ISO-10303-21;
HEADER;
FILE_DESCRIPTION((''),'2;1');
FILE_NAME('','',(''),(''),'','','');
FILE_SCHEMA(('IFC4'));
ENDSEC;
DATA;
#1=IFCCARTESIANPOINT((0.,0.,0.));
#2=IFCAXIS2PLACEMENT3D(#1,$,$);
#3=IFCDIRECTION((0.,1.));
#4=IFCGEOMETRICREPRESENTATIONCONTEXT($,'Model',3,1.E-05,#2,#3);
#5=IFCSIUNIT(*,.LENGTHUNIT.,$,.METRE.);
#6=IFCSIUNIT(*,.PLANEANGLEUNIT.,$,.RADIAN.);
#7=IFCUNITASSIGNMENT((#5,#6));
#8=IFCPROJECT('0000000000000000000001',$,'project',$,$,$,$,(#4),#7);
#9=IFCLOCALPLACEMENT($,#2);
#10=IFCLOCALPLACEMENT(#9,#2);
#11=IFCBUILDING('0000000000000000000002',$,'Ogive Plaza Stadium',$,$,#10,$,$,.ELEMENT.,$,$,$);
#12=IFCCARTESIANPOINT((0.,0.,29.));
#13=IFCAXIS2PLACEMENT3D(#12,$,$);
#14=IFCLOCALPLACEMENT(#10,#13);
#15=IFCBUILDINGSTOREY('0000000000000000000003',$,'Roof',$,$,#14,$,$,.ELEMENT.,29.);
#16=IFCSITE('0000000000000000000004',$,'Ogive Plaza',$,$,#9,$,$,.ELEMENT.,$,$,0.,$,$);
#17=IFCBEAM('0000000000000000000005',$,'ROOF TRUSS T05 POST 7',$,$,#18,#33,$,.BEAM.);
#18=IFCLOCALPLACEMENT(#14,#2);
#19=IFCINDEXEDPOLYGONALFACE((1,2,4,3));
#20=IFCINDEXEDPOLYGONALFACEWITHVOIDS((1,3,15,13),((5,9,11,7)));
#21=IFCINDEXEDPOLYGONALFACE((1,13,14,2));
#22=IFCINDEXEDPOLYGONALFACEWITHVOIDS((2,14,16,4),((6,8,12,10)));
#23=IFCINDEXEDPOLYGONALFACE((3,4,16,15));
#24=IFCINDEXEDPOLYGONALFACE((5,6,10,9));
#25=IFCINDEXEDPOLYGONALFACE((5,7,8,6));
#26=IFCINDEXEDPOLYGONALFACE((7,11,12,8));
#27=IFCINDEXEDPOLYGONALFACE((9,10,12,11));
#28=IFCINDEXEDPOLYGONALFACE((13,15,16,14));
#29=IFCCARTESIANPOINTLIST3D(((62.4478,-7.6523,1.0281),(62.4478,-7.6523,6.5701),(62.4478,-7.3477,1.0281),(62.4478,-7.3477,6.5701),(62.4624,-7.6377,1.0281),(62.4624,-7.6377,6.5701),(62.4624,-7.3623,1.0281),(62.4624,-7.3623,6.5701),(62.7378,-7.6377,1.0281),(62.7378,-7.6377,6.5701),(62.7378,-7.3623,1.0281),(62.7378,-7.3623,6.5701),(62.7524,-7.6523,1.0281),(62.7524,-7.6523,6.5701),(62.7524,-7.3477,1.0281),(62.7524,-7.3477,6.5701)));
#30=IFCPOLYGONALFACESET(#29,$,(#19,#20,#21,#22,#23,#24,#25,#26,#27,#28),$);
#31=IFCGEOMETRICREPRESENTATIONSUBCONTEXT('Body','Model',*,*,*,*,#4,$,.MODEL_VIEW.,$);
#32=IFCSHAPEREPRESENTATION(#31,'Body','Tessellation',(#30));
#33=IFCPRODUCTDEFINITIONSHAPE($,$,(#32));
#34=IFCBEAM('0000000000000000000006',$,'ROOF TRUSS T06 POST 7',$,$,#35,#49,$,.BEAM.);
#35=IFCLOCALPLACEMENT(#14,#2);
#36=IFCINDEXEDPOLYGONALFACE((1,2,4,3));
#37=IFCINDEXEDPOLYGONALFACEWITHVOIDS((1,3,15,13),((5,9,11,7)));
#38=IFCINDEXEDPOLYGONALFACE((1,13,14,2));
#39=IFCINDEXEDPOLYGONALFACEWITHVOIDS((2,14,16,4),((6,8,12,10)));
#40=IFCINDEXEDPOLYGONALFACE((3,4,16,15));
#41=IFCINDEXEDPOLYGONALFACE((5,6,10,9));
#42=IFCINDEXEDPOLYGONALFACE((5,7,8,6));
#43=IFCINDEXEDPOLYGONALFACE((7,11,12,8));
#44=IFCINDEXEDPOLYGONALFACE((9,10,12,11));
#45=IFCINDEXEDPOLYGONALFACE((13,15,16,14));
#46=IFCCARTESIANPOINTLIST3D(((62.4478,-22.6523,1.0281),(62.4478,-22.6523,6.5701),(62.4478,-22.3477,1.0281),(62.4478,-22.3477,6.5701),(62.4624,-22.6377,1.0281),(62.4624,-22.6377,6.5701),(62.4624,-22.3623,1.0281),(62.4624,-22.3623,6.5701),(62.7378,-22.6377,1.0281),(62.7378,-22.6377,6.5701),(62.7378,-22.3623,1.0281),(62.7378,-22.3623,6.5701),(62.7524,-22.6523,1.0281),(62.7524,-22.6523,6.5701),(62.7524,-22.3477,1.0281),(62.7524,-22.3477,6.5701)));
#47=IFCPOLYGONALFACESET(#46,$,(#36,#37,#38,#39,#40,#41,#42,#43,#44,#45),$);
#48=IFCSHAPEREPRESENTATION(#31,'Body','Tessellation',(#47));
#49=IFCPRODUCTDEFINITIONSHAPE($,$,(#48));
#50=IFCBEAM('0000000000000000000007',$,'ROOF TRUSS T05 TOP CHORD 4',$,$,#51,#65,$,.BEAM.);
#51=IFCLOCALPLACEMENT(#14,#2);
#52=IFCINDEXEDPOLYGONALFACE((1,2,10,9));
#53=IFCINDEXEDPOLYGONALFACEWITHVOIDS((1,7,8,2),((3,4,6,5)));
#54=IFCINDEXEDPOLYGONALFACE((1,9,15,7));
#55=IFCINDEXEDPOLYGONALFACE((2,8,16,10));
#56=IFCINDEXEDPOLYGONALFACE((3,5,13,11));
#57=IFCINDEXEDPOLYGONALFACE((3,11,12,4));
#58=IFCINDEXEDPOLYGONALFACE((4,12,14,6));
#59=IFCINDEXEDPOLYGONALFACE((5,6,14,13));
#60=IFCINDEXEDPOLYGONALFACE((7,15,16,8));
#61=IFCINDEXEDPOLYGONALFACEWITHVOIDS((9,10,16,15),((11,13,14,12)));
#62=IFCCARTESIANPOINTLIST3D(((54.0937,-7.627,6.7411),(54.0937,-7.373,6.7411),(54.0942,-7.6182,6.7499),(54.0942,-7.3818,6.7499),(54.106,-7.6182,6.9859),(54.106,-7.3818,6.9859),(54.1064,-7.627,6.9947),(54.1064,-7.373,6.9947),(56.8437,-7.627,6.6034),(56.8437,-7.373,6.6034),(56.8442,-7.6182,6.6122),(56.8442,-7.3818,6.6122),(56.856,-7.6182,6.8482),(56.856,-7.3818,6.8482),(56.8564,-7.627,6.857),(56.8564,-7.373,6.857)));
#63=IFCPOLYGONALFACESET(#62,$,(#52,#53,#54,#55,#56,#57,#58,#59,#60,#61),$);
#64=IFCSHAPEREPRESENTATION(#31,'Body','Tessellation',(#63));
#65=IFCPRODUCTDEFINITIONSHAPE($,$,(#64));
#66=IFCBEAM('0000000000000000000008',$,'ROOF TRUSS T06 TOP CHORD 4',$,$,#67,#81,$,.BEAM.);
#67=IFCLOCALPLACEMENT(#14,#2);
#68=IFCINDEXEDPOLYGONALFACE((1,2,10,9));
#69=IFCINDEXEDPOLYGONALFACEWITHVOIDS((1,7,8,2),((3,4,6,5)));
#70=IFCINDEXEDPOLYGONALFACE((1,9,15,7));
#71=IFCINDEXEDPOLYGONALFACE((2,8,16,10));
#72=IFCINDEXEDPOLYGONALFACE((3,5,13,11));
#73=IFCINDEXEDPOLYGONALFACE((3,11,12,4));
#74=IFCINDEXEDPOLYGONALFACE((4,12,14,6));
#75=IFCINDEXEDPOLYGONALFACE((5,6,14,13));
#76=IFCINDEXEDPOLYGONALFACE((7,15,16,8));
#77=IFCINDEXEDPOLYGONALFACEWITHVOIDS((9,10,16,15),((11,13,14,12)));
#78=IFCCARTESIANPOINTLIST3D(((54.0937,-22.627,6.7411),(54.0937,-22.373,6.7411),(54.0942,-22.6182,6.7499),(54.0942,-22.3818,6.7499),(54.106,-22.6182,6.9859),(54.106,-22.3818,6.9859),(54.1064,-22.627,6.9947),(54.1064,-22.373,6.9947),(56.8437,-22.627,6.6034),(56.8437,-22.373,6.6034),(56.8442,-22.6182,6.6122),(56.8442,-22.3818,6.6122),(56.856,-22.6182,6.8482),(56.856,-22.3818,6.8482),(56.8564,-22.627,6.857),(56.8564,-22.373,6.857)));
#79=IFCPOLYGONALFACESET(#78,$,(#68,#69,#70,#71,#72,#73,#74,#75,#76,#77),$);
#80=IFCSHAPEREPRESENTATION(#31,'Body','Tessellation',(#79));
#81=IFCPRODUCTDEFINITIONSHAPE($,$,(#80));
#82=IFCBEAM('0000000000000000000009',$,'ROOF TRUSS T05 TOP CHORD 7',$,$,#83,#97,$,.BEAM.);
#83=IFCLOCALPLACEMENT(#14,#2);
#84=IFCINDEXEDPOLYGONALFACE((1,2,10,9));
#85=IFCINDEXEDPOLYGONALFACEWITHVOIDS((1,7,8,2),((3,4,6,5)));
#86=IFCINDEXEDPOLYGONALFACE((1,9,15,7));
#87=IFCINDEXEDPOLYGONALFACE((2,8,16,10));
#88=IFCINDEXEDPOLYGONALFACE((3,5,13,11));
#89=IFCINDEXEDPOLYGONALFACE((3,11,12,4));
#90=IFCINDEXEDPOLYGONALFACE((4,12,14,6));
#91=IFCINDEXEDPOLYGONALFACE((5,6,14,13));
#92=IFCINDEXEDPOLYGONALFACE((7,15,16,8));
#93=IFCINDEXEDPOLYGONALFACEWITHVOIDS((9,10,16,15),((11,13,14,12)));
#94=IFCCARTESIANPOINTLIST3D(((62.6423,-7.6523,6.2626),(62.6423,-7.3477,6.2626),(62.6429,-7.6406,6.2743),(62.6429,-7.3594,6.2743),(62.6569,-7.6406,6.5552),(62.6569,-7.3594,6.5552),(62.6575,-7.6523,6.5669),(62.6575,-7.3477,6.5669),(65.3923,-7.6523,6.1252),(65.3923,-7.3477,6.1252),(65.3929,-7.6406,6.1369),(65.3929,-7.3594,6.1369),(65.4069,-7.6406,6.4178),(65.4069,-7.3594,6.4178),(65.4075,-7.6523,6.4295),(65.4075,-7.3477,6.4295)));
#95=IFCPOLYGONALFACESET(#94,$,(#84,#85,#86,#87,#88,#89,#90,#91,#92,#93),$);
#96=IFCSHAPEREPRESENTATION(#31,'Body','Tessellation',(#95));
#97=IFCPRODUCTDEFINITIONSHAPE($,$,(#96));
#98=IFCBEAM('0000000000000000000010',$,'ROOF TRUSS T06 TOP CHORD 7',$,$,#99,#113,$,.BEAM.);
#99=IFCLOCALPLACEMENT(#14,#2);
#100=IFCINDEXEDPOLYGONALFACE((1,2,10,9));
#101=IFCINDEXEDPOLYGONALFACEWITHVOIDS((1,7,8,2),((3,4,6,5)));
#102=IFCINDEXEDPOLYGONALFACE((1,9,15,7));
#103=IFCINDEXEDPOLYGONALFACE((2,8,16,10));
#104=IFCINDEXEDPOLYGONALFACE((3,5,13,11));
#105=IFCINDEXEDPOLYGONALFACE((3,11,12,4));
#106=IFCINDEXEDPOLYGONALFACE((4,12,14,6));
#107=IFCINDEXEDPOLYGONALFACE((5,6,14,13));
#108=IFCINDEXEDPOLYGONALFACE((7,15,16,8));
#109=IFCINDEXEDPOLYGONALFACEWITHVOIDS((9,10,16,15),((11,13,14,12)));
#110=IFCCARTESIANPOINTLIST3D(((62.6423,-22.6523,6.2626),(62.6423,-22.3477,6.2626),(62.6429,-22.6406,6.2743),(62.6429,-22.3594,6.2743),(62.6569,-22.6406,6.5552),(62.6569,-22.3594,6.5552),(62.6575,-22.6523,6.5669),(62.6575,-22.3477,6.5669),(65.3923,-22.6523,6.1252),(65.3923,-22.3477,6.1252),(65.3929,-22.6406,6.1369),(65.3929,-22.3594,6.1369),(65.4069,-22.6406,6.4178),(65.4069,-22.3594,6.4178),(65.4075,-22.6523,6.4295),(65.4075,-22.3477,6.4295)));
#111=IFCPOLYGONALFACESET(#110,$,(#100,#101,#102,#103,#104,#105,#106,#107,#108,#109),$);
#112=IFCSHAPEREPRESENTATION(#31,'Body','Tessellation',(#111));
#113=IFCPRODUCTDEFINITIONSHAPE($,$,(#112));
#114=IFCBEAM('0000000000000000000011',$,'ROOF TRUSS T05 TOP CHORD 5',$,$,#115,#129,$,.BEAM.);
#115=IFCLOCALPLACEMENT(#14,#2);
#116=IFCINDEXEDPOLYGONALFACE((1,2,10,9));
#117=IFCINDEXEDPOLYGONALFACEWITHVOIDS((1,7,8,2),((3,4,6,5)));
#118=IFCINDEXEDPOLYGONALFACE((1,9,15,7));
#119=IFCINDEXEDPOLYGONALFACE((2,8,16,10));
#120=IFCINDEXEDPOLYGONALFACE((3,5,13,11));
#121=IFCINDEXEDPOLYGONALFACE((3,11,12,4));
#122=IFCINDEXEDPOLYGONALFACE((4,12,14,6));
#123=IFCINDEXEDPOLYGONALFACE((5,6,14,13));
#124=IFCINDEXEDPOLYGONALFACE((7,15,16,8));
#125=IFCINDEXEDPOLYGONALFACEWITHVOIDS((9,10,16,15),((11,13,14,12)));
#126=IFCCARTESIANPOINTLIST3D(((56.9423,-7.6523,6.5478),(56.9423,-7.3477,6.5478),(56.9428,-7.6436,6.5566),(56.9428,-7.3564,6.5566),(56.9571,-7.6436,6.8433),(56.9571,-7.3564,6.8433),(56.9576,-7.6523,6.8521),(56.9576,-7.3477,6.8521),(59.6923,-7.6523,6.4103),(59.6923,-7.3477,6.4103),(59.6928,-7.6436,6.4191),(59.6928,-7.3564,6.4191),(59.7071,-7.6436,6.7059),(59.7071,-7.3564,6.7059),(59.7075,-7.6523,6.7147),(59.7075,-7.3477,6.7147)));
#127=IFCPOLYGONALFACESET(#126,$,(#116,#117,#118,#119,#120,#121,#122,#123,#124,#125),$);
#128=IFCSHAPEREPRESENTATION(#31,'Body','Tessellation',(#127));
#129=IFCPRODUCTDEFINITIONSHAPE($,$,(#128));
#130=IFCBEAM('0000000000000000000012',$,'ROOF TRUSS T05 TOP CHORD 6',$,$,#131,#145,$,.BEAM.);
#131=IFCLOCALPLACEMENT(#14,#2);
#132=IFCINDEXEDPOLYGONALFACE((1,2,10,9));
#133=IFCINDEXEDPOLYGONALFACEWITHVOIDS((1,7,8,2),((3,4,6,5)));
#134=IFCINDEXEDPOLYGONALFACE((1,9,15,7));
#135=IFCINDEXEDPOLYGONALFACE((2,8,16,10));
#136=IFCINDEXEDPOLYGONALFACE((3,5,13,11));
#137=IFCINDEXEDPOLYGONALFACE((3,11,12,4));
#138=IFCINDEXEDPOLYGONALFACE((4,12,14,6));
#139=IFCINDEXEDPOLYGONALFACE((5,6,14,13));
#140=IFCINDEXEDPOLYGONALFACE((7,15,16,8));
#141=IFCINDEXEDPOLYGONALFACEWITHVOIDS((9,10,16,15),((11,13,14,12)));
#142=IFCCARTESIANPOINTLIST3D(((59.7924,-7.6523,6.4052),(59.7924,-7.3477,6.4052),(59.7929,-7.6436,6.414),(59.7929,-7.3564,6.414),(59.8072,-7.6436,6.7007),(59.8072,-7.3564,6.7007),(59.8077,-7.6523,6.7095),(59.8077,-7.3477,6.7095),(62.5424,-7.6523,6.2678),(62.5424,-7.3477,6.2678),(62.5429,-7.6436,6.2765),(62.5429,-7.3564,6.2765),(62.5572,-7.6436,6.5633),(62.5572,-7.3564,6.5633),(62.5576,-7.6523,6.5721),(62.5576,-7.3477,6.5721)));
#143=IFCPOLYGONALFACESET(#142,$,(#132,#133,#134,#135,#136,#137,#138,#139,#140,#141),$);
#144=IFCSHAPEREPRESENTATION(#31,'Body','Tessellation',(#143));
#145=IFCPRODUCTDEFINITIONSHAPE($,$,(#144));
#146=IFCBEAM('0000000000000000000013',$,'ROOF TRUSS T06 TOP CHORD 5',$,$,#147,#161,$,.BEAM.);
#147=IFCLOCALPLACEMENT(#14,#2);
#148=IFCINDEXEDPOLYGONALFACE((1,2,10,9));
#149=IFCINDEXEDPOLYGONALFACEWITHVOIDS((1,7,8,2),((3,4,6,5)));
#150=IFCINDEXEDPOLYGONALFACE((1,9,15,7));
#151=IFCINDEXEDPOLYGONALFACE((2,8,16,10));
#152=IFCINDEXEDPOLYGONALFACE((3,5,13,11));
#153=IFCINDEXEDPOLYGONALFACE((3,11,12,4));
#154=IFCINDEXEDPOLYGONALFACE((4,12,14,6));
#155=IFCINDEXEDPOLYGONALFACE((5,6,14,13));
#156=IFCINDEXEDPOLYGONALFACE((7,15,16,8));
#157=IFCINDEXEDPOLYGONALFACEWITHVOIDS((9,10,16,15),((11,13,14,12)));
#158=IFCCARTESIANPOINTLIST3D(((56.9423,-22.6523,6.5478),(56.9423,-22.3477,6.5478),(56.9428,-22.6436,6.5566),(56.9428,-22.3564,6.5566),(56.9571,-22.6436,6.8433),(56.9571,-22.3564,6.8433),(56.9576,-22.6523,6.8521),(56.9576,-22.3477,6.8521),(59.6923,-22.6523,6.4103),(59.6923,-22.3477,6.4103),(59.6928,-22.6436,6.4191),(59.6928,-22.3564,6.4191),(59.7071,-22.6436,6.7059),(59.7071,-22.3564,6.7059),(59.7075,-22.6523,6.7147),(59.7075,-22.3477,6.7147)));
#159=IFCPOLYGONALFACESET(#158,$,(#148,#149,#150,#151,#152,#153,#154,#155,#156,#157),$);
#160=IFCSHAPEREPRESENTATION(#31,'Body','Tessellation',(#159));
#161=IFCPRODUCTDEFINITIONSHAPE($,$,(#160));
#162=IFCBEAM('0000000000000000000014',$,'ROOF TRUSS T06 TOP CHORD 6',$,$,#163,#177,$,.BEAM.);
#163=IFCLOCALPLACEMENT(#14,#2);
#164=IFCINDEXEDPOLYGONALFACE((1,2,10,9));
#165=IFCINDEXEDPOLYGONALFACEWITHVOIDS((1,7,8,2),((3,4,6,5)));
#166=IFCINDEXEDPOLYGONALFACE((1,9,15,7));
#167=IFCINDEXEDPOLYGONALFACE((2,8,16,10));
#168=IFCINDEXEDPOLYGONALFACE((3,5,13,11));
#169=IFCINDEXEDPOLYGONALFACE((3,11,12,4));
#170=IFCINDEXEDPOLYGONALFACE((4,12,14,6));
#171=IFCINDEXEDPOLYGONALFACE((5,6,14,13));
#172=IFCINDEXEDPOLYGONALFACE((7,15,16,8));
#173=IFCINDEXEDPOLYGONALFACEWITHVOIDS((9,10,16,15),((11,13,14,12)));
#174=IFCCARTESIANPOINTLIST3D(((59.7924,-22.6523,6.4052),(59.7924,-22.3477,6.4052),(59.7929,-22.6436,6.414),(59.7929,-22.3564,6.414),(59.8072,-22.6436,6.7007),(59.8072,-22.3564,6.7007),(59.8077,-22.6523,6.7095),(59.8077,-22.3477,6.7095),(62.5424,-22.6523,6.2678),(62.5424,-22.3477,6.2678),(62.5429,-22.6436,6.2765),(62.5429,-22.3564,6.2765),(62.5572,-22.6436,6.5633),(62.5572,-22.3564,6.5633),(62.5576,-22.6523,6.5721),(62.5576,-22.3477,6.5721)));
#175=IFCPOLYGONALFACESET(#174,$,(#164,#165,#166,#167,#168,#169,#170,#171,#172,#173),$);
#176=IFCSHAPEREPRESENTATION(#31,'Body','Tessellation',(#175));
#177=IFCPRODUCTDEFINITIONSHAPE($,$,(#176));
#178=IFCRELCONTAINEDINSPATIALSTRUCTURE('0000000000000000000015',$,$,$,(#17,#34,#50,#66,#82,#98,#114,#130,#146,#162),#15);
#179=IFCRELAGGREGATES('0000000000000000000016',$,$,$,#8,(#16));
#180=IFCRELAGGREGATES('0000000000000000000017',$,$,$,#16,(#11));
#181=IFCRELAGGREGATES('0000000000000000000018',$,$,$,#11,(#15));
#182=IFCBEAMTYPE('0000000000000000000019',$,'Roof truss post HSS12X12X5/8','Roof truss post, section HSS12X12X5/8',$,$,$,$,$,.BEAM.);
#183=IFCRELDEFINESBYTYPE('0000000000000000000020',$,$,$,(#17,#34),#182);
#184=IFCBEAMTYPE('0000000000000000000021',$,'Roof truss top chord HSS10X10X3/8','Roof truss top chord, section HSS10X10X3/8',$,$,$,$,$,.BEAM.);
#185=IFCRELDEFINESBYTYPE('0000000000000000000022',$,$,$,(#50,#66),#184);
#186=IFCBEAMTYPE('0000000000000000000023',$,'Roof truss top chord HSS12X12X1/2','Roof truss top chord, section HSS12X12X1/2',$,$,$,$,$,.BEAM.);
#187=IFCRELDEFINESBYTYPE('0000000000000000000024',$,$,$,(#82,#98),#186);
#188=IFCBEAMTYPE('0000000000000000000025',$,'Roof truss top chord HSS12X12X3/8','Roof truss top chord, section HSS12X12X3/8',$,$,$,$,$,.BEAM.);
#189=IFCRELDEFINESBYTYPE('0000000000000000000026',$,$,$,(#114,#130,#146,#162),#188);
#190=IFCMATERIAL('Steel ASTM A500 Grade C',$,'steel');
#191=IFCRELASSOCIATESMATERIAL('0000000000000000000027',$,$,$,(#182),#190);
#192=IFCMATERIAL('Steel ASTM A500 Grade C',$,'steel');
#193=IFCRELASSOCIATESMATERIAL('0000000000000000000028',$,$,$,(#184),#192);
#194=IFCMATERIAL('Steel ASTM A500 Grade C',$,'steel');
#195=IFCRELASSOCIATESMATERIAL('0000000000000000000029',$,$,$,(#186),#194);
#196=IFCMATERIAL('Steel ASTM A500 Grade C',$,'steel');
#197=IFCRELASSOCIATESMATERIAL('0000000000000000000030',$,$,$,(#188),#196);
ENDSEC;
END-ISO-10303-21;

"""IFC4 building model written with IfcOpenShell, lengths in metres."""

from ifc_helpers import new_model, si_unit, direction, frame, origin, origin_2d, place, context, subcontext, project, spatial, hollow_rectangle, extrude, material, material_profile, profile_set, type_object, element, save


model = new_model("IFC4")

# Units and contexts
model_context = context("Model", 3, precision=1e-05, world=origin(), true_north=direction((0.0, 1.0)))
body_context = subcontext(model_context, "Body", "Model", "MODEL_VIEW")
ifc_project = project(units=[si_unit("LENGTHUNIT", "METRE"), si_unit("PLANEANGLEUNIT", "RADIAN")], contexts=[model_context])

# Site, building, storey
site_placement = place(None, origin())
site = spatial("IfcSite", under=ifc_project, at=site_placement, Name="Ogive Plaza", CompositionType="ELEMENT", RefElevation=0.0)
building_placement = place(site_placement, origin())
building = spatial("IfcBuilding", under=site, at=building_placement, Name="Ogive Plaza Stadium", CompositionType="ELEMENT")
storey_placement = place(building_placement, frame((0.0, 0.0, 29.0)))
storey = spatial("IfcBuildingStorey", under=building, at=storey_placement, Name="Roof", CompositionType="ELEMENT", Elevation=29.0)

# Beams
ifc_material_1 = material(Name="Steel ASTM A500 Grade C", Category="steel")
ifc_material_profile_1 = material_profile(ifc_material_1, hollow_rectangle(XDim=0.3047, YDim=0.3047, WallThickness=0.0146, at=origin_2d()), Name="HSS12X12X5/8")
ifc_profile_set_1 = profile_set([ifc_material_profile_1], Name="Steel ASTM A500 Grade C")
beam_type_1 = type_object("IfcBeamType", Name="Roof truss post HSS12X12X5/8", Description="Roof truss post, section HSS12X12X5/8", PredefinedType="BEAM", material=ifc_profile_set_1)
for number, where, z_axis, x_axis, name in (
    (1, (62.6001, -7.5, 1.0281), (0.0, 0.0, 1.0), (0.0, 1.0, 0.0), "ROOF TRUSS T05 POST 7"),
    (2, (62.6001, -22.5, 1.0281), (0.0, 0.0, 1.0), (0.0, 1.0, 0.0), "ROOF TRUSS T06 POST 7"),
):
    element("IfcBeam", number, at=place(storey_placement, frame(where, z_axis=z_axis, x_axis=x_axis)), inside=storey, type_object=beam_type_1, Name=name, PredefinedType="BEAM", context=body_context, shape_type="SweptSolid", body=[
        extrude(hollow_rectangle(XDim=0.3047, YDim=0.3047, WallThickness=0.0146, at=origin_2d()), origin(), (0.0, 0.0, 1.0), 5.542),
    ])
ifc_material_2 = material(Name="Steel ASTM A500 Grade C", Category="steel")
ifc_material_profile_2 = material_profile(ifc_material_2, hollow_rectangle(XDim=0.2539, YDim=0.2539, WallThickness=0.0088, at=origin_2d()), Name="HSS10X10X3/8")
ifc_profile_set_2 = profile_set([ifc_material_profile_2], Name="Steel ASTM A500 Grade C")
beam_type_2 = type_object("IfcBeamType", Name="Roof truss top chord HSS10X10X3/8", Description="Roof truss top chord, section HSS10X10X3/8", PredefinedType="BEAM", material=ifc_profile_set_2)
for number, where, z_axis, x_axis, name in (
    (3, (54.1001, -7.5, 6.8679), (0.998749, 0.0, -0.050008), (0.0, 1.0, 0.0), "ROOF TRUSS T05 TOP CHORD 4"),
    (4, (54.1001, -22.5, 6.8679), (0.998749, 0.0, -0.050008), (0.0, 1.0, 0.0), "ROOF TRUSS T06 TOP CHORD 4"),
):
    element("IfcBeam", number, at=place(storey_placement, frame(where, z_axis=z_axis, x_axis=x_axis)), inside=storey, type_object=beam_type_2, Name=name, PredefinedType="BEAM", context=body_context, shape_type="SweptSolid", body=[
        extrude(hollow_rectangle(XDim=0.2539, YDim=0.2539, WallThickness=0.0088, at=origin_2d()), origin(), (0.0, 0.0, 1.0), 2.7534),
    ])
ifc_material_3 = material(Name="Steel ASTM A500 Grade C", Category="steel")
ifc_material_profile_3 = material_profile(ifc_material_3, hollow_rectangle(XDim=0.3047, YDim=0.3047, WallThickness=0.0117, at=origin_2d()), Name="HSS12X12X1/2")
ifc_profile_set_3 = profile_set([ifc_material_profile_3], Name="Steel ASTM A500 Grade C")
beam_type_3 = type_object("IfcBeamType", Name="Roof truss top chord HSS12X12X1/2", Description="Roof truss top chord, section HSS12X12X1/2", PredefinedType="BEAM", material=ifc_profile_set_3)
for number, where, z_axis, x_axis, name in (
    (5, (62.6499, -7.5, 6.4148), (0.998753, 0.0, -0.04992), (0.0, 1.0, 0.0), "ROOF TRUSS T05 TOP CHORD 7"),
    (6, (62.6499, -22.5, 6.4148), (0.998753, 0.0, -0.04992), (0.0, 1.0, 0.0), "ROOF TRUSS T06 TOP CHORD 7"),
):
    element("IfcBeam", number, at=place(storey_placement, frame(where, z_axis=z_axis, x_axis=x_axis)), inside=storey, type_object=beam_type_3, Name=name, PredefinedType="BEAM", context=body_context, shape_type="SweptSolid", body=[
        extrude(hollow_rectangle(XDim=0.3047, YDim=0.3047, WallThickness=0.0117, at=origin_2d()), origin(), (0.0, 0.0, 1.0), 2.7534),
    ])
ifc_material_4 = material(Name="Steel ASTM A500 Grade C", Category="steel")
ifc_material_profile_4 = material_profile(ifc_material_4, hollow_rectangle(XDim=0.3047, YDim=0.3047, WallThickness=0.0088, at=origin_2d()), Name="HSS12X12X3/8")
ifc_profile_set_4 = profile_set([ifc_material_profile_4], Name="Steel ASTM A500 Grade C")
beam_type_4 = type_object("IfcBeamType", Name="Roof truss top chord HSS12X12X3/8", Description="Roof truss top chord, section HSS12X12X3/8", PredefinedType="BEAM", material=ifc_profile_set_4)
for number, where, z_axis, x_axis, name in (
    (7, (56.95, -7.5, 6.7), (0.998753, 0.0, -0.04992), (0.0, 1.0, 0.0), "ROOF TRUSS T05 TOP CHORD 5"),
    (8, (59.8, -7.5, 6.5574), (0.998753, 0.0, -0.04992), (0.0, 1.0, 0.0), "ROOF TRUSS T05 TOP CHORD 6"),
    (9, (56.95, -22.5, 6.7), (0.998753, 0.0, -0.04992), (0.0, 1.0, 0.0), "ROOF TRUSS T06 TOP CHORD 5"),
    (10, (59.8, -22.5, 6.5574), (0.998753, 0.0, -0.04992), (0.0, 1.0, 0.0), "ROOF TRUSS T06 TOP CHORD 6"),
):
    element("IfcBeam", number, at=place(storey_placement, frame(where, z_axis=z_axis, x_axis=x_axis)), inside=storey, type_object=beam_type_4, Name=name, PredefinedType="BEAM", context=body_context, shape_type="SweptSolid", body=[
        extrude(hollow_rectangle(XDim=0.3047, YDim=0.3047, WallThickness=0.0088, at=origin_2d()), origin(), (0.0, 0.0, 1.0), 2.7534),
    ])

save(model, "model.ifc")
